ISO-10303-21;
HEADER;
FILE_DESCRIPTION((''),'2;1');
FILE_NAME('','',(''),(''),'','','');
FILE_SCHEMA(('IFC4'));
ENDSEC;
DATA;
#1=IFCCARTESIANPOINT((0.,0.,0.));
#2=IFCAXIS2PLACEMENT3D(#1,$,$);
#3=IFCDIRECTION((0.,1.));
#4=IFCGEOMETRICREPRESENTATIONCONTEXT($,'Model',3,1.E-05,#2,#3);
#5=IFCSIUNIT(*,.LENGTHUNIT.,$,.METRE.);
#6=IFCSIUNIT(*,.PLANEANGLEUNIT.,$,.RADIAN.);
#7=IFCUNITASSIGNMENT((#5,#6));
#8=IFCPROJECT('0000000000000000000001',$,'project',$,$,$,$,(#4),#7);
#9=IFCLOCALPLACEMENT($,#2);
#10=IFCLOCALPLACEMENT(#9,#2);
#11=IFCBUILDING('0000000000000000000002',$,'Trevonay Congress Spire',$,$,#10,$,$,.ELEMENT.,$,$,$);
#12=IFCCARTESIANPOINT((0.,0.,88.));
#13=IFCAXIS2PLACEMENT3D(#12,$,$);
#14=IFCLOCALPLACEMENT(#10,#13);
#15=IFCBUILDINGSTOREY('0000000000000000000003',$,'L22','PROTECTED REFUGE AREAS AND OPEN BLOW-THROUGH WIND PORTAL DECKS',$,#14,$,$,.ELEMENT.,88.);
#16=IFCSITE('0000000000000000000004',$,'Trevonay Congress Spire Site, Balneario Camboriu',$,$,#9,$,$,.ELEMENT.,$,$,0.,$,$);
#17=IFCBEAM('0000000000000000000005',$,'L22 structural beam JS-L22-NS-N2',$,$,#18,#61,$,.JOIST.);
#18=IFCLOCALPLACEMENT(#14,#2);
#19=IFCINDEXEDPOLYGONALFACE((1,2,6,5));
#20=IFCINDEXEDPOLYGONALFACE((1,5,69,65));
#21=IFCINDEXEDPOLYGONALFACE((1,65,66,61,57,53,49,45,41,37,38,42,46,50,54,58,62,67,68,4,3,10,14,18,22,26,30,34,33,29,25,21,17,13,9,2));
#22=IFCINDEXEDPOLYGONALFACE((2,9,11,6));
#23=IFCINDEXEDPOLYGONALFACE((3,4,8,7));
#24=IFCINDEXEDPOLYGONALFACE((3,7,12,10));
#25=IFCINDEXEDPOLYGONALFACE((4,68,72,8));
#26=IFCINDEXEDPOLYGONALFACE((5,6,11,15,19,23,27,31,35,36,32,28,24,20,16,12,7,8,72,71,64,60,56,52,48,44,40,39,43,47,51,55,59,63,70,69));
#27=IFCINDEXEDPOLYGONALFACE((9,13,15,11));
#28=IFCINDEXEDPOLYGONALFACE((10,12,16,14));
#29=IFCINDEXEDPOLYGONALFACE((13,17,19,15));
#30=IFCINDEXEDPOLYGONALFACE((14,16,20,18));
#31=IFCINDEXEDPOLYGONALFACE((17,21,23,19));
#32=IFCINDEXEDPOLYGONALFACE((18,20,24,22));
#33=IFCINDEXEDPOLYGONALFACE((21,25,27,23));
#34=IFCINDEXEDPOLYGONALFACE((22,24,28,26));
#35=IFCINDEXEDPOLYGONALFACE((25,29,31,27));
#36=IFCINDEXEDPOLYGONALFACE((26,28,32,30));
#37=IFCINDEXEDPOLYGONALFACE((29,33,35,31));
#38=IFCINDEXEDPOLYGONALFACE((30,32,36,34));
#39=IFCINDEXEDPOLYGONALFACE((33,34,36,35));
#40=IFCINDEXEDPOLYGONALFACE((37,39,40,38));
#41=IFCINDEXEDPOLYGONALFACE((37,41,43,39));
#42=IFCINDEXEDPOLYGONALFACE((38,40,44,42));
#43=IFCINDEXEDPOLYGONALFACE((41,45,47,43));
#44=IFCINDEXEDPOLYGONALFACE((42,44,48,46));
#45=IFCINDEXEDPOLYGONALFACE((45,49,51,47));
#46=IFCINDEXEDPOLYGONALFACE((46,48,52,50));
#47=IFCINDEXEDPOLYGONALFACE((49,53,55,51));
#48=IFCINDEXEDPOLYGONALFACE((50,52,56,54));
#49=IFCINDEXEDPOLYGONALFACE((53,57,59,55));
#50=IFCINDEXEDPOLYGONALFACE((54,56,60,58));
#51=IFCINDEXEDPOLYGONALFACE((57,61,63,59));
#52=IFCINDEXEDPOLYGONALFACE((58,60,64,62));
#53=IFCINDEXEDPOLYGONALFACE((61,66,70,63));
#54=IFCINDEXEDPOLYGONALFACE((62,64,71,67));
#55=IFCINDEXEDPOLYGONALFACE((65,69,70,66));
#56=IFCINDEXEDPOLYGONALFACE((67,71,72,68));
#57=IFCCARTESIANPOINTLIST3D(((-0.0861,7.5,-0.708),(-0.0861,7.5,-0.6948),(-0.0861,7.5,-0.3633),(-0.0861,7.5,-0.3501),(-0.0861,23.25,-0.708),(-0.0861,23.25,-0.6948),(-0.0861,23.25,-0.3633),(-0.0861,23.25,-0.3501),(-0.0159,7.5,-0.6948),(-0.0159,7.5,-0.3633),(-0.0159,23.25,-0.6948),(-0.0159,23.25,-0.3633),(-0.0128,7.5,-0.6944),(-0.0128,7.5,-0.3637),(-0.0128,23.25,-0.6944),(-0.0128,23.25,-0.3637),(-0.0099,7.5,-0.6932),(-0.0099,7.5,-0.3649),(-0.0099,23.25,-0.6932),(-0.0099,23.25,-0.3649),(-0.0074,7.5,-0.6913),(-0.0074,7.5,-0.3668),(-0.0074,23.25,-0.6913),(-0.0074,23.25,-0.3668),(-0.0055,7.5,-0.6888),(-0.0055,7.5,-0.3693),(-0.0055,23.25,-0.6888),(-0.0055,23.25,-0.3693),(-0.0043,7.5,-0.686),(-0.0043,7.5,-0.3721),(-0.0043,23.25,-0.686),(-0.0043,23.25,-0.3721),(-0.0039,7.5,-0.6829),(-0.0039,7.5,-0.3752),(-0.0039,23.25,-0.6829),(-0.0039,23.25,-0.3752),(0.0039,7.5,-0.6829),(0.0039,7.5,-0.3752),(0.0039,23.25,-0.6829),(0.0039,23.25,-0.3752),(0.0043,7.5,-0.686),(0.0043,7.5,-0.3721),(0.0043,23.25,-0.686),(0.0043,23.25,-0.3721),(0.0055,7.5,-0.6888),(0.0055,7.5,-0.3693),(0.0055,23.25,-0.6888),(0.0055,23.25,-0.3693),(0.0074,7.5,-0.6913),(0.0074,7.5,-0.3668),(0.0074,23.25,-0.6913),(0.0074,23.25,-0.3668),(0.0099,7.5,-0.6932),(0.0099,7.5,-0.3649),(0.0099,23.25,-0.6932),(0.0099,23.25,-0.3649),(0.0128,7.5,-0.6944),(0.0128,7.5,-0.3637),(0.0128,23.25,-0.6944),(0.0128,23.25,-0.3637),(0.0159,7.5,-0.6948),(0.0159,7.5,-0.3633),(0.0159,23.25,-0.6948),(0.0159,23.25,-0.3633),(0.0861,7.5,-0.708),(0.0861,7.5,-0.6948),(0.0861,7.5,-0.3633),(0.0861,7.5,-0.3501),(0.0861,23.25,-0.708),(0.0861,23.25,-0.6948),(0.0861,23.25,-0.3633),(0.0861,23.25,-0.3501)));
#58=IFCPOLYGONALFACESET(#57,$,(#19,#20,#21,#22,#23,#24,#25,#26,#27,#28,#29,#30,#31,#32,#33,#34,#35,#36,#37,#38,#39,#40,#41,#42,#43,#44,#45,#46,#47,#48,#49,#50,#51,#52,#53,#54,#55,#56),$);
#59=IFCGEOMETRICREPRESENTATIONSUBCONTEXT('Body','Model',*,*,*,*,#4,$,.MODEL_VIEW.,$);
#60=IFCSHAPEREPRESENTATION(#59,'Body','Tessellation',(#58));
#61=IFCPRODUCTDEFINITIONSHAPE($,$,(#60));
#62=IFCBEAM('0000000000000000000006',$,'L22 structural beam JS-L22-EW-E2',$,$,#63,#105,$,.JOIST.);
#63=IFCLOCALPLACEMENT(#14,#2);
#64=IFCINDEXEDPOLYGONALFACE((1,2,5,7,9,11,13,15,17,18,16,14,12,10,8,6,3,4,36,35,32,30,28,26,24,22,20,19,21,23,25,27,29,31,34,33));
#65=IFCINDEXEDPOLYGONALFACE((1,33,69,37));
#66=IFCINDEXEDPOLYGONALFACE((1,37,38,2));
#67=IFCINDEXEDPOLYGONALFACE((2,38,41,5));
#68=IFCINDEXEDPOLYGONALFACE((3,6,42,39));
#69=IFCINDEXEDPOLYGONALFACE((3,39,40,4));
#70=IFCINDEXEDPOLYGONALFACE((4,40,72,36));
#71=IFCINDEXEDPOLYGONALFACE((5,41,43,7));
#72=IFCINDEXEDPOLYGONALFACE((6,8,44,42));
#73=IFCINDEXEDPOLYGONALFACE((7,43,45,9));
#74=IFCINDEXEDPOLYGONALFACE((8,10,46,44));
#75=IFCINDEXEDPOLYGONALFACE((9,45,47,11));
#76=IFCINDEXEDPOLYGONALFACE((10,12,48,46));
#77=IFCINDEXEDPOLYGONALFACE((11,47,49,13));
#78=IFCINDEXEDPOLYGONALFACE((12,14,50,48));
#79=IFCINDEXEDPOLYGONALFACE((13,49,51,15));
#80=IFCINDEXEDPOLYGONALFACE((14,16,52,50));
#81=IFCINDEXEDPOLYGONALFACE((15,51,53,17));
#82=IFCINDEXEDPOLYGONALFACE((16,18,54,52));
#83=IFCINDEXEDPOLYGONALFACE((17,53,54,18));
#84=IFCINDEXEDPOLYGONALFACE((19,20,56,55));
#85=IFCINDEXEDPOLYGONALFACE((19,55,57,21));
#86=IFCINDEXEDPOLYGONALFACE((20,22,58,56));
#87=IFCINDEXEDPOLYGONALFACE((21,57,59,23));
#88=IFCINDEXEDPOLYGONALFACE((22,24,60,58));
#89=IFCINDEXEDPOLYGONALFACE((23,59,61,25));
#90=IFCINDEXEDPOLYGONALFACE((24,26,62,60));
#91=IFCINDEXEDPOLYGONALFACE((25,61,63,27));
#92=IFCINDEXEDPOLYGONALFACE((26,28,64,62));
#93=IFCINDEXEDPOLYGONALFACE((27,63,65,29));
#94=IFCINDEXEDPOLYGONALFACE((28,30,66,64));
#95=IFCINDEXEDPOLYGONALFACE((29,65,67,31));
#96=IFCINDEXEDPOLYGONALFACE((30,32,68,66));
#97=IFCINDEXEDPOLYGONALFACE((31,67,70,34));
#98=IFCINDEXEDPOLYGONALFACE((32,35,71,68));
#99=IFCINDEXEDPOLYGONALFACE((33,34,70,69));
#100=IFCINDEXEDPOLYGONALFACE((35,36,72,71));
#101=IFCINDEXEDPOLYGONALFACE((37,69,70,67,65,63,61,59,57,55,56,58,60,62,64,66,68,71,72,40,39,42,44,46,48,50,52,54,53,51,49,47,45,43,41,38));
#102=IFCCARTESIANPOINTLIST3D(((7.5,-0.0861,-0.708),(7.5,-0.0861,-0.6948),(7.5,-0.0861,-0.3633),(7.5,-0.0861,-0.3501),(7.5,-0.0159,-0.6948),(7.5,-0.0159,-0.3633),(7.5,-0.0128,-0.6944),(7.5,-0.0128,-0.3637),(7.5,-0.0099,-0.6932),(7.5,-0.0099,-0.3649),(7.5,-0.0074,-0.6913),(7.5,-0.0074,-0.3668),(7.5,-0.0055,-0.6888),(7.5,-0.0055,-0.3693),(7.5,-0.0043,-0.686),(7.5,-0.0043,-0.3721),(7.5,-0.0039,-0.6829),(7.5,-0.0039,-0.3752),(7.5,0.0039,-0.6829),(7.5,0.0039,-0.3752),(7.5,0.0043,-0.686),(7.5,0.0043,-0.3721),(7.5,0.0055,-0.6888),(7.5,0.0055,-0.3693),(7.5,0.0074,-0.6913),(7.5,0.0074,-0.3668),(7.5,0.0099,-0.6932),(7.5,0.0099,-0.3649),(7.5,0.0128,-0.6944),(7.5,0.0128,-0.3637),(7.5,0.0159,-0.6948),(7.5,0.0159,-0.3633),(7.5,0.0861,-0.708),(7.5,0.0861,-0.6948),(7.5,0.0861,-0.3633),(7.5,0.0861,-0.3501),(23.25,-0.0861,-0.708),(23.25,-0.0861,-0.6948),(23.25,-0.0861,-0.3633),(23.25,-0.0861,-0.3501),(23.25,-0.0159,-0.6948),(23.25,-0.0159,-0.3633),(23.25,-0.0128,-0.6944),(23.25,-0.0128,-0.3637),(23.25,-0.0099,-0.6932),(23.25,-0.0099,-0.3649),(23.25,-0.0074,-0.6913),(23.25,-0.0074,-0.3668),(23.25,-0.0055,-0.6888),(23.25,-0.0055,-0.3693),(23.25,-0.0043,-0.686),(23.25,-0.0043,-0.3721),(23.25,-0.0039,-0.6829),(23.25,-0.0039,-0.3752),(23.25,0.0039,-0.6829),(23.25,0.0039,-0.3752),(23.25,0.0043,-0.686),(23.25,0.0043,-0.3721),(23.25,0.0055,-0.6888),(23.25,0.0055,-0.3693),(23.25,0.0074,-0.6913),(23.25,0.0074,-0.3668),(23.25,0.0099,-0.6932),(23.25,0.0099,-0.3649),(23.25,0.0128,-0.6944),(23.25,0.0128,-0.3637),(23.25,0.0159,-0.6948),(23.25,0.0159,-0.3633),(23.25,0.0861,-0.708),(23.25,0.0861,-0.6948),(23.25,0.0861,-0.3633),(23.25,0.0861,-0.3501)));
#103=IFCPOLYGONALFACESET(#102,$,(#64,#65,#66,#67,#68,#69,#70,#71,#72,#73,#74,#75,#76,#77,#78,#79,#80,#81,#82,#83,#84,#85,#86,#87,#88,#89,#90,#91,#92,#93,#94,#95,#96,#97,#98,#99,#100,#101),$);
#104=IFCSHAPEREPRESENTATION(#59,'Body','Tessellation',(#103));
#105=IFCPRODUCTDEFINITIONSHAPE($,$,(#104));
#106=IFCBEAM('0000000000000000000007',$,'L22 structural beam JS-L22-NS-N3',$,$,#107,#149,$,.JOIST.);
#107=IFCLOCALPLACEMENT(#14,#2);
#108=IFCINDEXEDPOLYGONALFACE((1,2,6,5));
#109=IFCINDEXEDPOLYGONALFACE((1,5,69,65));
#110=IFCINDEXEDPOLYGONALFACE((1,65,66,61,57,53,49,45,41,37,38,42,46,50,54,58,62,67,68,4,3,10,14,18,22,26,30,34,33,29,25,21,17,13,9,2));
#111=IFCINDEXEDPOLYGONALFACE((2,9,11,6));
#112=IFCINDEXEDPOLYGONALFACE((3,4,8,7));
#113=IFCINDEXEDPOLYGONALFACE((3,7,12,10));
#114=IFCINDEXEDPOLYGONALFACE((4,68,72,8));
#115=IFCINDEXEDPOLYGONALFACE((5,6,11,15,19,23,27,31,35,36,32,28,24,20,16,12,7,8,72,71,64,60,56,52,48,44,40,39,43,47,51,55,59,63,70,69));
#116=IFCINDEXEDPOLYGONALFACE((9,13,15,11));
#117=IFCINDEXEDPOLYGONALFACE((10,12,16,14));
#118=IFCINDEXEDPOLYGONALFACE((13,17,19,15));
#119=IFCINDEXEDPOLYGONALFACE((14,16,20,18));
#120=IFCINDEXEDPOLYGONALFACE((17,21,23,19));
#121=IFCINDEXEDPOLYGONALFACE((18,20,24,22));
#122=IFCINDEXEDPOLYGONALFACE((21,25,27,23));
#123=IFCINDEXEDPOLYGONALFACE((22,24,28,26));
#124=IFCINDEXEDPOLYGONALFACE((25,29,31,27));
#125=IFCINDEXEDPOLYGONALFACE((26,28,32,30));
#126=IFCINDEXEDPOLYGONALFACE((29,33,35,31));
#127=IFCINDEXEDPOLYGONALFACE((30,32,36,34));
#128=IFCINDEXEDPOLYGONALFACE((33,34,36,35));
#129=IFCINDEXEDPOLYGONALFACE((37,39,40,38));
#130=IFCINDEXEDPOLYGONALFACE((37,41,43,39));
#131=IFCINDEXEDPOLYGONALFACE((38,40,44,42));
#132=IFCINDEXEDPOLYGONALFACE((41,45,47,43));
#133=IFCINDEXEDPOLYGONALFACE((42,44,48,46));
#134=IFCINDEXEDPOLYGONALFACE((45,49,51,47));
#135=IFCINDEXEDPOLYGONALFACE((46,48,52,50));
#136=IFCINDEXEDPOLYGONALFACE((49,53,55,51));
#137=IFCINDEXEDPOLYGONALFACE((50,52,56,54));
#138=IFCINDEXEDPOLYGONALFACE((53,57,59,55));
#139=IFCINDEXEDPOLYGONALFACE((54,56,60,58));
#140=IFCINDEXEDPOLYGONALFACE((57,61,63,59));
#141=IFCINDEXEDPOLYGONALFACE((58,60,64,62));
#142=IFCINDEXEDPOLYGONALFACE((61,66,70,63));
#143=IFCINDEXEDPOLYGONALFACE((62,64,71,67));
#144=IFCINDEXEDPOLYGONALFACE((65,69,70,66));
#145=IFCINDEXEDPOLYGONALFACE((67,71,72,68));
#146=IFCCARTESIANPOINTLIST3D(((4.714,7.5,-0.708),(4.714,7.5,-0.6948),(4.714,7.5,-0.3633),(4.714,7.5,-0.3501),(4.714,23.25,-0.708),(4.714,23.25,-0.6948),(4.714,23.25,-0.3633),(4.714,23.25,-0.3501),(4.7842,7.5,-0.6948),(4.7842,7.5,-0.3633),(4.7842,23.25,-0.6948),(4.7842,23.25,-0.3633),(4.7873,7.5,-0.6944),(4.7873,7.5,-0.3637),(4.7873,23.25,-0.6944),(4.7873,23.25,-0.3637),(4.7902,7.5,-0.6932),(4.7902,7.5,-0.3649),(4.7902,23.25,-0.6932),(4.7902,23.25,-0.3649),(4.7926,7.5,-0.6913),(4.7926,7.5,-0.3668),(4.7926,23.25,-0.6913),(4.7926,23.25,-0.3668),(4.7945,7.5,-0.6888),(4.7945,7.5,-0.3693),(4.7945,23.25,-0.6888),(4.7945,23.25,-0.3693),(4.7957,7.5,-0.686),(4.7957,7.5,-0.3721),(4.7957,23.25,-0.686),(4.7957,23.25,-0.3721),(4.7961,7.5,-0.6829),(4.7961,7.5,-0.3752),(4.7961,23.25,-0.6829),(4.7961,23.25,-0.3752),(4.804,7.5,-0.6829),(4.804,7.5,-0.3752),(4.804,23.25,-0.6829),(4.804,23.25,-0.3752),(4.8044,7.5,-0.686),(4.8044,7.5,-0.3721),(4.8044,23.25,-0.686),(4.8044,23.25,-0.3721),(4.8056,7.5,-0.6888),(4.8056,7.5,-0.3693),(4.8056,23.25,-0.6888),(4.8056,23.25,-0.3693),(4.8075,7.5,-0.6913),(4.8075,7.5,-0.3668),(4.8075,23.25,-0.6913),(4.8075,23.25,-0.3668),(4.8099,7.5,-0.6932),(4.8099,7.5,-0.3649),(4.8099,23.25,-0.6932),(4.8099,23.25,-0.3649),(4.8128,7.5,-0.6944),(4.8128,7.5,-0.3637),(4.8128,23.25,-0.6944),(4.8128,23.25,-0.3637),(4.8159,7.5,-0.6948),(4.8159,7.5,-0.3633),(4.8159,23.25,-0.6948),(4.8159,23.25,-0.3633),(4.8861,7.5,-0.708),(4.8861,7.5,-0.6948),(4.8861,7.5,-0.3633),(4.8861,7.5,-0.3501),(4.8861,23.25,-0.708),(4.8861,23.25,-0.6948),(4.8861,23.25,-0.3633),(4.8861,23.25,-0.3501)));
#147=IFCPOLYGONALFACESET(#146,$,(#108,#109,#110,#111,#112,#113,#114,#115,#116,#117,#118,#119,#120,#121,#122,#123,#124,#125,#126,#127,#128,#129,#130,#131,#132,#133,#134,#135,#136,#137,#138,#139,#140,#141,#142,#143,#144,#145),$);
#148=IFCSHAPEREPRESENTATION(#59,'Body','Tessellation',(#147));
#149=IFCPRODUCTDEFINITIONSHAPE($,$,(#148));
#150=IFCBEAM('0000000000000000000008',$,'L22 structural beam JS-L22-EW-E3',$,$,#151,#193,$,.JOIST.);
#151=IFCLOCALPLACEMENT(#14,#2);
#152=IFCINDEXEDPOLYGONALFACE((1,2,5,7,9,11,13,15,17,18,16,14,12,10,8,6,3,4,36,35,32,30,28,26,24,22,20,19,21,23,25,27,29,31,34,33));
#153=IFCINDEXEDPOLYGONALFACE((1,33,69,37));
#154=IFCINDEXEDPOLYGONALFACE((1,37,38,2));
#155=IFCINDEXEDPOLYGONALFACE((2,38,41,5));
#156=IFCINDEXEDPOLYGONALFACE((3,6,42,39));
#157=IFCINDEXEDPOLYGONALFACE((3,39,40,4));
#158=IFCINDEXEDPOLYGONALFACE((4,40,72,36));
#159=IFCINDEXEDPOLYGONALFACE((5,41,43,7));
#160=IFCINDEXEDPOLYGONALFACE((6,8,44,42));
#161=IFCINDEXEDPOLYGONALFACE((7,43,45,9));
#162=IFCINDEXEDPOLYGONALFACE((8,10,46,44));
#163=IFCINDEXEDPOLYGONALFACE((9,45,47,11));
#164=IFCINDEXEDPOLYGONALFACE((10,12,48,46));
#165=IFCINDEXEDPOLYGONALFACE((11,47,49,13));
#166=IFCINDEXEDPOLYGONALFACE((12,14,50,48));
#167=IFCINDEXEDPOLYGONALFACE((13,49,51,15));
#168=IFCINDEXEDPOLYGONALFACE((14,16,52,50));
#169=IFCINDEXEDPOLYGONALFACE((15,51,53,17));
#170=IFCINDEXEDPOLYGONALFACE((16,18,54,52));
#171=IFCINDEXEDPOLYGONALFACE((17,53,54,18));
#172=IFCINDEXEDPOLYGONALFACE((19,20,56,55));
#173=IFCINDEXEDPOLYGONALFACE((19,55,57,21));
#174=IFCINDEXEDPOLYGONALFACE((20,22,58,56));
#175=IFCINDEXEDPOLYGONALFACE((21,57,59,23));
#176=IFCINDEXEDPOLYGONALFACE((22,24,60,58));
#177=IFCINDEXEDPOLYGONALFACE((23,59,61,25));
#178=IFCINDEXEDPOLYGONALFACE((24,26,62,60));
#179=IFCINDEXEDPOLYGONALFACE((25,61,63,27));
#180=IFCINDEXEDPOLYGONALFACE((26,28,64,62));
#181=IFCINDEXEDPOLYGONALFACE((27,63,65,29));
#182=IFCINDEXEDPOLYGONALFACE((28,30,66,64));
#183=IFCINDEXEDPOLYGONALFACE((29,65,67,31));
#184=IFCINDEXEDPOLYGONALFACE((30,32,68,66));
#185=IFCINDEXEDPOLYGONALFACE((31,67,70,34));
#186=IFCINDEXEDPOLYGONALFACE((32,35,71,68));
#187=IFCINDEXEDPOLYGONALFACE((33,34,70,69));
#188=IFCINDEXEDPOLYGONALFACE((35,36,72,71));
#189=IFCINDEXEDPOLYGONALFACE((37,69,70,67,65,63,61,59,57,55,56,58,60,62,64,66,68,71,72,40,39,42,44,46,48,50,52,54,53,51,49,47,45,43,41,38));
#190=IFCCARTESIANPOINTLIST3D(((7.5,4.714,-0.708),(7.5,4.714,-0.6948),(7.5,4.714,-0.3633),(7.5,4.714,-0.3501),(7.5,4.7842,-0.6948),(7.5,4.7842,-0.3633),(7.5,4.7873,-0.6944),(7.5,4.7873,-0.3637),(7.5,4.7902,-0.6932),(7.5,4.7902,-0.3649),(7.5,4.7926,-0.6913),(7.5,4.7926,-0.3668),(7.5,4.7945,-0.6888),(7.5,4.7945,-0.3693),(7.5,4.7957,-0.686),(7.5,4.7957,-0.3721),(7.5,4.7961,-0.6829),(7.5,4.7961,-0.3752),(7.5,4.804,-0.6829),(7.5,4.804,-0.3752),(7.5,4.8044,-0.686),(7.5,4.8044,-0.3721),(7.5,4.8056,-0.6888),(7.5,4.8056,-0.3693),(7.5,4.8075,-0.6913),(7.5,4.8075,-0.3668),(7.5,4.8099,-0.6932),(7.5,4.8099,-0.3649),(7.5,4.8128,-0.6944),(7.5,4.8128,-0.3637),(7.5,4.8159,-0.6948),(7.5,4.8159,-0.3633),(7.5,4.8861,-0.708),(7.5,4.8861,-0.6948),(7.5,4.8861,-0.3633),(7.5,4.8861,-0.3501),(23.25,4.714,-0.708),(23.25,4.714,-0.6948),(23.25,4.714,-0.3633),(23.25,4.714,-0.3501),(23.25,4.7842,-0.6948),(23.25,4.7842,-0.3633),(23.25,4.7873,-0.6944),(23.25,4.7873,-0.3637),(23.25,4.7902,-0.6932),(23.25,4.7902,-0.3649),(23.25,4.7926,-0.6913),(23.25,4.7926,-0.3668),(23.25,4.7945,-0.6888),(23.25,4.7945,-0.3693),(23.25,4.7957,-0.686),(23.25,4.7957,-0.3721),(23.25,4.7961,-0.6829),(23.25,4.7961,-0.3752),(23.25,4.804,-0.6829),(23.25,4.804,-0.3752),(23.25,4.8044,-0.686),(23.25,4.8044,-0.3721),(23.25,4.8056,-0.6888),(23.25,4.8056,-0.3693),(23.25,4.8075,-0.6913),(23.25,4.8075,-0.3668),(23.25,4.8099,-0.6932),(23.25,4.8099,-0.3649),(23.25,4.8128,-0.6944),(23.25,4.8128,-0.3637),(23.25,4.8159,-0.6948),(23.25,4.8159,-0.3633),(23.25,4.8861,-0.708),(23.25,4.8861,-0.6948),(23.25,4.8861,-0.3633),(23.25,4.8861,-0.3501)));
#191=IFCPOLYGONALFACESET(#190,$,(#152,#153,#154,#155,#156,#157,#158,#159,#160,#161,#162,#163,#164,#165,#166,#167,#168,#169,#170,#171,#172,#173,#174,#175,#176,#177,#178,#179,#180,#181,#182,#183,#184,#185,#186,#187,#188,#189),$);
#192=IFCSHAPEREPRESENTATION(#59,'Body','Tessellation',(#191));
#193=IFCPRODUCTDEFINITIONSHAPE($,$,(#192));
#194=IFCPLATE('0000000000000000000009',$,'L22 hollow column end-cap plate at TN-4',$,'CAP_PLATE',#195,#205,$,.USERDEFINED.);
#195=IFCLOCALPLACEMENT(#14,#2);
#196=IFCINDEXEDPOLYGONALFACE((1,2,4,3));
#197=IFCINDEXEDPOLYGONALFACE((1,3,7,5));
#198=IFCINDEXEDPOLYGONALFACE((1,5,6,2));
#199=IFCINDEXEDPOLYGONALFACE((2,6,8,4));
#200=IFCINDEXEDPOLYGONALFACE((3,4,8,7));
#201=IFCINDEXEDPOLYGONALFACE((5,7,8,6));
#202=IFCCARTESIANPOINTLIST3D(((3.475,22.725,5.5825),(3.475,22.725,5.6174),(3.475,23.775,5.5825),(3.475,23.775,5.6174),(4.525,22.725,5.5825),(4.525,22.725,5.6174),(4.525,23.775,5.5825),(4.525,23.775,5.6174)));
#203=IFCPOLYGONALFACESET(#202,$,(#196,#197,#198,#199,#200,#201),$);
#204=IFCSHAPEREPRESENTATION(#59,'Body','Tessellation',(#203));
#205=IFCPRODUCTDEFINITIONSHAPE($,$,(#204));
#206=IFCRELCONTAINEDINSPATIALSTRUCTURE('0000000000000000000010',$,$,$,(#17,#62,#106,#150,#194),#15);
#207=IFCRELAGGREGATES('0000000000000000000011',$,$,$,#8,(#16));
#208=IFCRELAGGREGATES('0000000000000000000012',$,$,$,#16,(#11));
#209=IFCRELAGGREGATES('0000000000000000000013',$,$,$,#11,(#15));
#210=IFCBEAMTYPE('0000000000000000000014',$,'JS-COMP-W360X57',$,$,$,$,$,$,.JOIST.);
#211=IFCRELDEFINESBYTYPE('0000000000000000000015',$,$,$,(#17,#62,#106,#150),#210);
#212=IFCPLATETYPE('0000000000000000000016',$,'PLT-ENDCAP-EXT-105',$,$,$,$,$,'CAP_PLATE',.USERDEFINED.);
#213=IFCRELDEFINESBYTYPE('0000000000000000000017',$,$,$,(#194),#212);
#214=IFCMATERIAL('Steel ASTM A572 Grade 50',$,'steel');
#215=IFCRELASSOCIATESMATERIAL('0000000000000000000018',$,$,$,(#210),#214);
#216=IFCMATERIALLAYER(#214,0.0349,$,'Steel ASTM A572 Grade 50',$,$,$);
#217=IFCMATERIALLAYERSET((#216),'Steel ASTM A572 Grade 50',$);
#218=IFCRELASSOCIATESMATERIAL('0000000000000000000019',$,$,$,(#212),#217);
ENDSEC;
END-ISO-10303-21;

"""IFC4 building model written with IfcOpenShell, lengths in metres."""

from ifc_helpers import new_model, si_unit, direction, frame, origin, origin_2d, place, context, subcontext, project, spatial, rectangle, i_section, extrude, material, layer, layer_set, material_profile, profile_set, type_object, element, save


model = new_model("IFC4")

# Units and contexts
model_context = context("Model", 3, precision=1e-05, world=origin(), true_north=direction((0.0, 1.0)))
body_context = subcontext(model_context, "Body", "Model", "MODEL_VIEW")
ifc_project = project(units=[si_unit("LENGTHUNIT", "METRE"), si_unit("PLANEANGLEUNIT", "RADIAN")], contexts=[model_context])

# Site, building, storey
site_placement = place(None, origin())
site = spatial("IfcSite", under=ifc_project, at=site_placement, Name="Trevonay Congress Spire Site, Balneario Camboriu", CompositionType="ELEMENT", RefElevation=0.0)
building_placement = place(site_placement, origin())
building = spatial("IfcBuilding", under=site, at=building_placement, Name="Trevonay Congress Spire", CompositionType="ELEMENT")
storey_placement = place(building_placement, frame((0.0, 0.0, 88.0)))
storey = spatial("IfcBuildingStorey", under=building, at=storey_placement, Name="L22", Description="PROTECTED REFUGE AREAS AND OPEN BLOW-THROUGH WIND PORTAL DECKS", CompositionType="ELEMENT", Elevation=88.0)

# Shared definitions
ifc_material_1 = material(Name="Steel ASTM A572 Grade 50", Category="steel")

# Beams
ifc_material_profile_1 = material_profile(ifc_material_1, i_section(OverallWidth=0.1721, OverallDepth=0.3579, WebThickness=0.0078, FlangeThickness=0.0132, FilletRadius=0.012, at=origin_2d()), Name="W360x57.8")
ifc_profile_set_1 = profile_set([ifc_material_profile_1], Name="Steel ASTM A572 Grade 50")
beam_type_1 = type_object("IfcBeamType", Name="JS-COMP-W360X57", PredefinedType="JOIST", material=ifc_profile_set_1)
for number, where, z_axis, x_axis, name in (
    (1, (0.0, 7.5, -0.5291), (0.0, 1.0, 0.0), (-1.0, 0.0, 0.0), "L22 structural beam JS-L22-NS-N2"),
    (2, (7.5, 0.0, -0.5291), (1.0, 0.0, 0.0), (0.0, 1.0, 0.0), "L22 structural beam JS-L22-EW-E2"),
    (3, (4.8, 7.5, -0.5291), (0.0, 1.0, 0.0), (-1.0, 0.0, 0.0), "L22 structural beam JS-L22-NS-N3"),
    (4, (7.5, 4.8, -0.5291), (1.0, 0.0, 0.0), (0.0, 1.0, 0.0), "L22 structural beam JS-L22-EW-E3"),
):
    element("IfcBeam", number, at=place(storey_placement, frame(where, z_axis=z_axis, x_axis=x_axis)), inside=storey, type_object=beam_type_1, Name=name, PredefinedType="JOIST", context=body_context, shape_type="SweptSolid", body=[
        extrude(i_section(OverallWidth=0.1721, OverallDepth=0.3579, WebThickness=0.0078, FlangeThickness=0.0132, FilletRadius=0.012, at=origin_2d()), origin(), (0.0, 0.0, 1.0), 15.75),
    ])

# Plate
ifc_layer_1 = layer(ifc_material_1, 0.0349, Name="Steel ASTM A572 Grade 50")
ifc_layer_set_1 = layer_set([ifc_layer_1], Name="Steel ASTM A572 Grade 50")
plate_type = type_object("IfcPlateType", Name="PLT-ENDCAP-EXT-105", ElementType="CAP_PLATE", PredefinedType="USERDEFINED", material=ifc_layer_set_1)
plate_placement = place(storey_placement, frame((4.0, 23.25, 5.5825), z_axis=(0.0, 0.0, 1.0), x_axis=(1.0, 0.0, 0.0)))
element("IfcPlate", 5, at=plate_placement, inside=storey, type_object=plate_type, Name="L22 hollow column end-cap plate at TN-4", ObjectType="CAP_PLATE", PredefinedType="USERDEFINED", context=body_context, shape_type="SweptSolid", body=[
    extrude(rectangle(XDim=1.05, YDim=1.05, at=origin_2d()), origin(), (0.0, 0.0, 1.0), 0.0349),
])

save(model, "model.ifc")
